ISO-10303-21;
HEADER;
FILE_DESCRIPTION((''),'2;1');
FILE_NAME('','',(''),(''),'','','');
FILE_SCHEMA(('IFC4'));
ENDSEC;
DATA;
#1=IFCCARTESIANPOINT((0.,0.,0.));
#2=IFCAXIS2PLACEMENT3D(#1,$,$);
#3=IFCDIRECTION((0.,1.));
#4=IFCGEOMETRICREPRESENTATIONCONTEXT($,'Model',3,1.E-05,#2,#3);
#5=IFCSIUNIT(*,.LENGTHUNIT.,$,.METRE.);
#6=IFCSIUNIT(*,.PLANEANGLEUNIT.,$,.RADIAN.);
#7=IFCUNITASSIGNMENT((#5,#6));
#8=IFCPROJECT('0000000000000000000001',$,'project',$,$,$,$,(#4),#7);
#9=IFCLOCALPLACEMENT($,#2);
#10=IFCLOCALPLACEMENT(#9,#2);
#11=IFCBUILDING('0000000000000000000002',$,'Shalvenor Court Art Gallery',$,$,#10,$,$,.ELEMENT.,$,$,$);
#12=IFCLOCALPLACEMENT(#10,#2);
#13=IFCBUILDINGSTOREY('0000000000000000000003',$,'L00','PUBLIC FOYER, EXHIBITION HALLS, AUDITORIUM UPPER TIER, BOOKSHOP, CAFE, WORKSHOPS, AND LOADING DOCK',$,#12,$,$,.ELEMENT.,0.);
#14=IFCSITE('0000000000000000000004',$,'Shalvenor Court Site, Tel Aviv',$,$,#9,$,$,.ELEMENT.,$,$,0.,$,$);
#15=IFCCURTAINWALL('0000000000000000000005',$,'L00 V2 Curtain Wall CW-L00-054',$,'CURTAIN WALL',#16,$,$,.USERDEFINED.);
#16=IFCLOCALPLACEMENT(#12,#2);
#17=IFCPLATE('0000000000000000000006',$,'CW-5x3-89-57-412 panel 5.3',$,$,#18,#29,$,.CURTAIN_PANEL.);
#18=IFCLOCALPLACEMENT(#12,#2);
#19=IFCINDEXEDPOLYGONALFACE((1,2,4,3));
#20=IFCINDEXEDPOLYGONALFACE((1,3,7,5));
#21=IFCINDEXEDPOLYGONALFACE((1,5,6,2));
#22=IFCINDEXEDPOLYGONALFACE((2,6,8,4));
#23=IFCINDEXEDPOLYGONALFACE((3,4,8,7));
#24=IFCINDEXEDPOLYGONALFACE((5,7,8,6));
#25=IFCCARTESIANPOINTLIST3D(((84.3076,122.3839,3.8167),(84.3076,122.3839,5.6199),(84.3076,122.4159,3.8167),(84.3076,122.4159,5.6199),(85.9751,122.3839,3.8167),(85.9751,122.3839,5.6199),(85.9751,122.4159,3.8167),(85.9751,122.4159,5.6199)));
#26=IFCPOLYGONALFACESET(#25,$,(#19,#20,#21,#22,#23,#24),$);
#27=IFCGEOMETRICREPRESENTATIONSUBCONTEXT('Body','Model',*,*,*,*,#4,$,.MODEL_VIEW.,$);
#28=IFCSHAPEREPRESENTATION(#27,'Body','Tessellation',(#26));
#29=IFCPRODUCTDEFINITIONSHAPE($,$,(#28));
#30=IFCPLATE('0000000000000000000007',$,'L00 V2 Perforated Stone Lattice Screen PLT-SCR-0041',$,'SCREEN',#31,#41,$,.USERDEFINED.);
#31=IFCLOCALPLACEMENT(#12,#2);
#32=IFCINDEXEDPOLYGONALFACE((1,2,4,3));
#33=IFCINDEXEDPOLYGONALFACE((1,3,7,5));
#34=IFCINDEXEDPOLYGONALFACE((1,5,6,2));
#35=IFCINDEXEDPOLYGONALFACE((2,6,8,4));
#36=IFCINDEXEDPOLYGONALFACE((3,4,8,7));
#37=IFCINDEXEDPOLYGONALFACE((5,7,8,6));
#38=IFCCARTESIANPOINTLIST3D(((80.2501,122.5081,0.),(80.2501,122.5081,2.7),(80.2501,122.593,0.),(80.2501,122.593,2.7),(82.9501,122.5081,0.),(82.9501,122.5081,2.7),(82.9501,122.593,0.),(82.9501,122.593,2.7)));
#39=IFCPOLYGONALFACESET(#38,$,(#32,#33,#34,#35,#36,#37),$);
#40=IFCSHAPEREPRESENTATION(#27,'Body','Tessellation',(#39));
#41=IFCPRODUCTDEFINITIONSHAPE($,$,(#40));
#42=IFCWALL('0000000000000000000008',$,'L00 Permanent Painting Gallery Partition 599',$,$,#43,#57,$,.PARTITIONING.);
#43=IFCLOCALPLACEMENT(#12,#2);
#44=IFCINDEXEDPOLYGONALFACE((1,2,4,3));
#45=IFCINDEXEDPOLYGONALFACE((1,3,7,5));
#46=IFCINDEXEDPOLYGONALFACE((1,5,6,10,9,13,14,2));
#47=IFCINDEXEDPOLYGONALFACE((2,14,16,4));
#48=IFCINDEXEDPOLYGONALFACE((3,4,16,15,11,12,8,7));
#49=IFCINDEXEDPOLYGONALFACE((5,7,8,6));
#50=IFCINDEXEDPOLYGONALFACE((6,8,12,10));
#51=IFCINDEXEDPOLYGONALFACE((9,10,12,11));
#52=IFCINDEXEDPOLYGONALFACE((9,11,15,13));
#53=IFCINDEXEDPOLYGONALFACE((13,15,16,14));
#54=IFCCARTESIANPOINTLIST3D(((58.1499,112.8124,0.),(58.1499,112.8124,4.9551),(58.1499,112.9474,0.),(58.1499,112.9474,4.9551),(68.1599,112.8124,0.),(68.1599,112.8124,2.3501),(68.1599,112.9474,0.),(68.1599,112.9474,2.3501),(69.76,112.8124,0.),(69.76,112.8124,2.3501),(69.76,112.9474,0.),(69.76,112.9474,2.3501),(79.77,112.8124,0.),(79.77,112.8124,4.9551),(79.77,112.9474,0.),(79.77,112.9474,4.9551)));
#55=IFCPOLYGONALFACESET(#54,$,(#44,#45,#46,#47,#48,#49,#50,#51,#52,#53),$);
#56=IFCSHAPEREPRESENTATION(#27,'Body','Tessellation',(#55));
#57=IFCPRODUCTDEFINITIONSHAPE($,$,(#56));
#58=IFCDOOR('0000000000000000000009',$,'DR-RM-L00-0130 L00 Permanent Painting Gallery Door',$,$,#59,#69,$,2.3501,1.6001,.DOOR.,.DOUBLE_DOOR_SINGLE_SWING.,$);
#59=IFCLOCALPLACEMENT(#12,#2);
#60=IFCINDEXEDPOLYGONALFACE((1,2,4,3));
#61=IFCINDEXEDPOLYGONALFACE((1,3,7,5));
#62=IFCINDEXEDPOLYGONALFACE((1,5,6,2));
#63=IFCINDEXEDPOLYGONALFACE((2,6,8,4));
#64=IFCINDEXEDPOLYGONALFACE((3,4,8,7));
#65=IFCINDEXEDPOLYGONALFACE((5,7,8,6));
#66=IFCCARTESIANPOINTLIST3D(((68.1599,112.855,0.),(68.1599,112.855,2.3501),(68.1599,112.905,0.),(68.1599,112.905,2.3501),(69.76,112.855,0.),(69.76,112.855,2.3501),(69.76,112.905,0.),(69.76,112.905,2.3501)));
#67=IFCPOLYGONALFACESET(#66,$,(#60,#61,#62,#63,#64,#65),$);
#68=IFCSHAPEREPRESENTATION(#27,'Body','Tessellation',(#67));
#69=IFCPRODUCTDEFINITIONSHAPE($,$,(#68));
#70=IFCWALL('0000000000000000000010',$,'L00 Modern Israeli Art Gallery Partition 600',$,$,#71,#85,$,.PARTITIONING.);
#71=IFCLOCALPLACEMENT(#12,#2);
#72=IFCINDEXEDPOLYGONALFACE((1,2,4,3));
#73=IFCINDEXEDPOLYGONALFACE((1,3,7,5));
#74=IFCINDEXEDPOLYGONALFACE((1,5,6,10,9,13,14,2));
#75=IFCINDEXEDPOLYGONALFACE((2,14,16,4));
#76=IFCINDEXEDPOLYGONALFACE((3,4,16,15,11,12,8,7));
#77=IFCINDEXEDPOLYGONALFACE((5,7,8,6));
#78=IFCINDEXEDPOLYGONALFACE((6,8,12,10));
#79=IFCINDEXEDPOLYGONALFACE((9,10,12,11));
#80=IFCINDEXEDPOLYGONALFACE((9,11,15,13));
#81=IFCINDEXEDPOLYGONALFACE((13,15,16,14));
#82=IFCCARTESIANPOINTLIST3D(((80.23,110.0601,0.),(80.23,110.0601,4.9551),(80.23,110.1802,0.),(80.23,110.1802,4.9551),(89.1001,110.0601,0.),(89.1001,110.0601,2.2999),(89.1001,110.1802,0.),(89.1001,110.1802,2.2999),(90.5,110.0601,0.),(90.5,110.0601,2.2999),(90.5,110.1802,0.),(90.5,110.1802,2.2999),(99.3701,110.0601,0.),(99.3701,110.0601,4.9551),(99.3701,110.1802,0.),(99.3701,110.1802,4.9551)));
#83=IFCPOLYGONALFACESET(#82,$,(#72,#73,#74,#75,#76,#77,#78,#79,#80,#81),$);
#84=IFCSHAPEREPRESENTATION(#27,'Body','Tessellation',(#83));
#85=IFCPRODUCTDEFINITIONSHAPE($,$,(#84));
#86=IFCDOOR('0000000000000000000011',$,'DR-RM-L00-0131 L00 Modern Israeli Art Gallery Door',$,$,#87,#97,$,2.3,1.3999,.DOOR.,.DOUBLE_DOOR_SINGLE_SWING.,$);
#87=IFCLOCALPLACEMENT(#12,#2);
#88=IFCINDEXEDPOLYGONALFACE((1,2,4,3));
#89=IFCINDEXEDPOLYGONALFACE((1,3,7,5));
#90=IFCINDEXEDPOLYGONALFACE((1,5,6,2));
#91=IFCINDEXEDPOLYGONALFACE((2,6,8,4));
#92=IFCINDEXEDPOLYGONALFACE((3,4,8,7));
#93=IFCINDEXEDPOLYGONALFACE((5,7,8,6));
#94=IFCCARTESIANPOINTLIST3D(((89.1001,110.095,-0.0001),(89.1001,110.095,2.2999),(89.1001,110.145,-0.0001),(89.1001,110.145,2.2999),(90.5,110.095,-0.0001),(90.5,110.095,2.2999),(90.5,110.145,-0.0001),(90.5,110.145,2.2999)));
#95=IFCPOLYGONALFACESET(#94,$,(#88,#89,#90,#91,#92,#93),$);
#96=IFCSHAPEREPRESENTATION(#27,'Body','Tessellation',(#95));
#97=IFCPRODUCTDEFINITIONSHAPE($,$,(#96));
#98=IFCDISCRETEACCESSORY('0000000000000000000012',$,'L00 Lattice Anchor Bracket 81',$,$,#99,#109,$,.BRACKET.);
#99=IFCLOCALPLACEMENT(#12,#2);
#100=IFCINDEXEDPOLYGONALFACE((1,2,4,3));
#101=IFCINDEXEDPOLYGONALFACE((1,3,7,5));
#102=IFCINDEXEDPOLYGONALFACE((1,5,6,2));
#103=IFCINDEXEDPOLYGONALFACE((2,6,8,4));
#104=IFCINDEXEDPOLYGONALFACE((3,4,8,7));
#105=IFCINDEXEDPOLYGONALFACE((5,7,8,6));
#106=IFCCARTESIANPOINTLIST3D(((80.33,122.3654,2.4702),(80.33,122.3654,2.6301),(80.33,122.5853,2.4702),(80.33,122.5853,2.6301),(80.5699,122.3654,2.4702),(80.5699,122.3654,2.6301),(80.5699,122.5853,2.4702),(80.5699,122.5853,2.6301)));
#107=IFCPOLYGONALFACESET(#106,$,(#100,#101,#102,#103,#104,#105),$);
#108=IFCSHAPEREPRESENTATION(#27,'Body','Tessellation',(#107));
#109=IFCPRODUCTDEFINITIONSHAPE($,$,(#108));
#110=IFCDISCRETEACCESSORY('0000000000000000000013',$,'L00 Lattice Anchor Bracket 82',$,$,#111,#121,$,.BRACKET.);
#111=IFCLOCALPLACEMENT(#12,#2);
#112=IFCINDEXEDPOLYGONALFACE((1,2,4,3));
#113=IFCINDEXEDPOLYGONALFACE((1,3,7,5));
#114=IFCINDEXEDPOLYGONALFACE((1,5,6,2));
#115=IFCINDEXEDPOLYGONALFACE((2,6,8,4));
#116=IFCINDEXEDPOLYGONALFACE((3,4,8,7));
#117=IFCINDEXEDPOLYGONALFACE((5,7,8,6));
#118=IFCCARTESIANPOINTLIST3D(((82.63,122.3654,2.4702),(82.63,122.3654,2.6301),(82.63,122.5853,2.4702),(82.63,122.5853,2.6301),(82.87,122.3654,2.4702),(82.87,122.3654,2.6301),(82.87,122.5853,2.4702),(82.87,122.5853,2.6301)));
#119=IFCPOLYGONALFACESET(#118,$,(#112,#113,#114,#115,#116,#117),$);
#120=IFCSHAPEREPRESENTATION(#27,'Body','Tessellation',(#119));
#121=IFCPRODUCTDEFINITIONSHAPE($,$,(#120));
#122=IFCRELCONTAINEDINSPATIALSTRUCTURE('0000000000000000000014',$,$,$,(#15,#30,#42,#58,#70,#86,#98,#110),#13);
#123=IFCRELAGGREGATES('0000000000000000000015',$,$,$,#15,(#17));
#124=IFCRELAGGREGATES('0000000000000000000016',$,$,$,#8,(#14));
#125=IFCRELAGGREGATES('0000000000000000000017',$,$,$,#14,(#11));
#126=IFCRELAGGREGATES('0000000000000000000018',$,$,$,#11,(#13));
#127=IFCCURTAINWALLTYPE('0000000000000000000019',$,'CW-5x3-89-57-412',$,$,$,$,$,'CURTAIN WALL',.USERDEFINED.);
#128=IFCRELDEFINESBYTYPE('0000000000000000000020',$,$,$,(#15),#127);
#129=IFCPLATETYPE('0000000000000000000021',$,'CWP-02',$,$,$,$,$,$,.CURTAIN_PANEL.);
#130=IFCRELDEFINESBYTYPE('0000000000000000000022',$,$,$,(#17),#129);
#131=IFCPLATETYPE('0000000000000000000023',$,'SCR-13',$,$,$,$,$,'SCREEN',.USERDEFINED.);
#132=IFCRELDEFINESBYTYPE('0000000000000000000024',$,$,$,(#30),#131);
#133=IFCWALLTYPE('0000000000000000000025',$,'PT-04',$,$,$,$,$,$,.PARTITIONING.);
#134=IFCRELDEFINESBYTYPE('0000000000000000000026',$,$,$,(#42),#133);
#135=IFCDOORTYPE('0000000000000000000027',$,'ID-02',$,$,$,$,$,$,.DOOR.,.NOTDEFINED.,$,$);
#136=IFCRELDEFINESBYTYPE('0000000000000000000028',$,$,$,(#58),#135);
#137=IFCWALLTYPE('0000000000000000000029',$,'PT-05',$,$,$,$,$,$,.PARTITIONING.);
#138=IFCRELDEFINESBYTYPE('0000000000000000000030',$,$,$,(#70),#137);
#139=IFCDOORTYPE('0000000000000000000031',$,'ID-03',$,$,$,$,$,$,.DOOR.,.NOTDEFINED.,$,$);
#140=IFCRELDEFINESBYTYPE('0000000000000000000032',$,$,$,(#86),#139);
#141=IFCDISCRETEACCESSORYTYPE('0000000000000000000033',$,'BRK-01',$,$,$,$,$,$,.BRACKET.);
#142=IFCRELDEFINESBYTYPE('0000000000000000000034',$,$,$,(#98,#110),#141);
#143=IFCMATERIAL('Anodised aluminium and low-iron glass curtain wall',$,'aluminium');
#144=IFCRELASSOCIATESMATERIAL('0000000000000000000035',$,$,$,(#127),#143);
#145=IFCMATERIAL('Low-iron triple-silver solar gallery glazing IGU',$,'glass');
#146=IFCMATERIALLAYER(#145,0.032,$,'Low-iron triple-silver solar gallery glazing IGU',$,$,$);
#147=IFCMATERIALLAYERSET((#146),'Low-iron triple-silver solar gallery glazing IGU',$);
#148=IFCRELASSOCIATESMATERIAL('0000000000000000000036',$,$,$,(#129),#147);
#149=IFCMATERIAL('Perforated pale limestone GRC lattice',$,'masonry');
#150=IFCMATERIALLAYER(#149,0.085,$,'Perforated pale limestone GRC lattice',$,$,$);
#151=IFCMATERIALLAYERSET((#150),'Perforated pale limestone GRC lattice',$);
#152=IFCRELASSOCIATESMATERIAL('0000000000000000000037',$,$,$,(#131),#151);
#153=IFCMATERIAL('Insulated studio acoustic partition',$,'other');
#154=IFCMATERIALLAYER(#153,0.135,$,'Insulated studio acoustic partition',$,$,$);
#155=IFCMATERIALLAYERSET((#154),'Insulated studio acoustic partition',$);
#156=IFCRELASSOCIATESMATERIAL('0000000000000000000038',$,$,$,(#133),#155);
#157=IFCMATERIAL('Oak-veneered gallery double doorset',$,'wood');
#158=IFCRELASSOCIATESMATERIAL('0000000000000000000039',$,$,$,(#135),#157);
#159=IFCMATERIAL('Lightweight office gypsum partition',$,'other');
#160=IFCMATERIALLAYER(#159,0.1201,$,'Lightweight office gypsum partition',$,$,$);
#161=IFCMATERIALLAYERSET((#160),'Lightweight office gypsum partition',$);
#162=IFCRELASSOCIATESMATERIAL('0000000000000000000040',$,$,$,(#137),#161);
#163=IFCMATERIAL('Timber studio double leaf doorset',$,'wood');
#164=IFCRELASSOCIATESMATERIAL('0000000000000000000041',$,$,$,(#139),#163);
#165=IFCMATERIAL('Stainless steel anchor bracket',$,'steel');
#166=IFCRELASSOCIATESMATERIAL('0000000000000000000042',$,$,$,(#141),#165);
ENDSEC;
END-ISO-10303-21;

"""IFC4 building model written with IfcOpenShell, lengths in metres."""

from ifc_helpers import new_model, si_unit, direction, frame, frame_2d, origin, origin_2d, place, context, subcontext, project, spatial, rectangle, extrude, material, layer, layer_set, type_object, element, fill, aggregate, save


model = new_model("IFC4")

# Units and contexts
model_context = context("Model", 3, precision=1e-05, world=origin(), true_north=direction((0.0, 1.0)))
body_context = subcontext(model_context, "Body", "Model", "MODEL_VIEW")
ifc_project = project(units=[si_unit("LENGTHUNIT", "METRE"), si_unit("PLANEANGLEUNIT", "RADIAN")], contexts=[model_context])

# Site, building, storey
site_placement = place(None, origin())
site = spatial("IfcSite", under=ifc_project, at=site_placement, Name="Shalvenor Court Site, Tel Aviv", CompositionType="ELEMENT", RefElevation=0.0)
building_placement = place(site_placement, origin())
building = spatial("IfcBuilding", under=site, at=building_placement, Name="Shalvenor Court Art Gallery", CompositionType="ELEMENT")
storey_placement = place(building_placement, origin())
storey = spatial("IfcBuildingStorey", under=building, at=storey_placement, Name="L00", Description="PUBLIC FOYER, EXHIBITION HALLS, AUDITORIUM UPPER TIER, BOOKSHOP, CAFE, WORKSHOPS, AND LOADING DOCK", CompositionType="ELEMENT", Elevation=0.0)

# Curtain wall
ifc_material_1 = material(Name="Anodised aluminium and low-iron glass curtain wall", Category="aluminium")
curtain_wall_type = type_object("IfcCurtainWallType", Name="CW-5x3-89-57-412", ElementType="CURTAIN WALL", PredefinedType="USERDEFINED", material=ifc_material_1)
curtain_wall_placement = place(storey_placement, origin())
curtain_wall = element("IfcCurtainWall", 1, at=curtain_wall_placement, inside=storey, type_object=curtain_wall_type, Name="L00 V2 Curtain Wall CW-L00-054", ObjectType="CURTAIN WALL", PredefinedType="USERDEFINED")

# Plates
ifc_material_2 = material(Name="Low-iron triple-silver solar gallery glazing IGU", Category="glass")
ifc_layer_1 = layer(ifc_material_2, 0.032, Name="Low-iron triple-silver solar gallery glazing IGU")
ifc_layer_set_1 = layer_set([ifc_layer_1], Name="Low-iron triple-silver solar gallery glazing IGU")
plate_type_1 = type_object("IfcPlateType", Name="CWP-02", PredefinedType="CURTAIN_PANEL", material=ifc_layer_set_1)
plate_1_placement = place(storey_placement, frame((85.1414, 122.3999, 3.8167), z_axis=(0.0, 0.0, 1.0), x_axis=(1.0, 0.0, 0.0)))
plate_1 = element("IfcPlate", 2, at=plate_1_placement, type_object=plate_type_1, Name="CW-5x3-89-57-412 panel 5.3", PredefinedType="CURTAIN_PANEL", context=body_context, shape_type="SweptSolid", body=[
    extrude(rectangle(XDim=1.6675, YDim=0.032, at=origin_2d()), origin(), (0.0, 0.0, 1.0), 1.8032),
])
aggregate(curtain_wall, [plate_1])
ifc_material_3 = material(Name="Perforated pale limestone GRC lattice", Category="masonry")
ifc_layer_2 = layer(ifc_material_3, 0.085, Name="Perforated pale limestone GRC lattice")
ifc_layer_set_2 = layer_set([ifc_layer_2], Name="Perforated pale limestone GRC lattice")
plate_type_2 = type_object("IfcPlateType", Name="SCR-13", ElementType="SCREEN", PredefinedType="USERDEFINED", material=ifc_layer_set_2)
plate_2_placement = place(storey_placement, frame((81.6001, 122.5505, 0.0), z_axis=(0.0, 0.0, 1.0), x_axis=(1.0, 0.0, 0.0)))
element("IfcPlate", 3, at=plate_2_placement, inside=storey, type_object=plate_type_2, Name="L00 V2 Perforated Stone Lattice Screen PLT-SCR-0041", ObjectType="SCREEN", PredefinedType="USERDEFINED", context=body_context, shape_type="SweptSolid", body=[
    extrude(rectangle(XDim=2.7, YDim=0.085, at=origin_2d()), origin(), (0.0, 0.0, 1.0), 2.7),
])

# Walls, openings, doors
ifc_material_4 = material(Name="Insulated studio acoustic partition", Category="other")
ifc_layer_3 = layer(ifc_material_4, 0.135, Name="Insulated studio acoustic partition")
ifc_layer_set_3 = layer_set([ifc_layer_3], Name="Insulated studio acoustic partition")
wall_type_1 = type_object("IfcWallType", Name="PT-04", PredefinedType="PARTITIONING", material=ifc_layer_set_3)
wall_1_placement = place(storey_placement, frame((79.77, 112.8799, 0.0), z_axis=(0.0, 0.0, 1.0), x_axis=(-1.0, 0.0, 0.0)))
wall_1 = element("IfcWall", 4, at=wall_1_placement, inside=storey, type_object=wall_type_1, Name="L00 Permanent Painting Gallery Partition 599", PredefinedType="PARTITIONING", context=body_context, shape_type="SweptSolid", body=[
    extrude(rectangle(XDim=21.6201, YDim=0.135, at=frame_2d((10.8101, 0.0))), origin(), (0.0, 0.0, 1.0), 4.9551),
])
opening_1_placement = place(wall_1_placement, frame((10.01, 0.0, 0.0)))
opening_1 = element("IfcOpeningElement", 5, at=opening_1_placement, cuts=wall_1, PredefinedType="OPENING", context=body_context, shape_type="SweptSolid", body=[
    extrude(rectangle(XDim=1.6001, YDim=2.3501, at=frame_2d((0.8, 1.175))), frame((0.0, 0.0774, 0.0), z_axis=(0.0, -1.0, 0.0), x_axis=(1.0, 0.0, 0.0)), (0.0, 0.0, 1.0), 0.155),
])
ifc_material_5 = material(Name="Oak-veneered gallery double doorset", Category="wood")
door_type_1 = type_object("IfcDoorType", Name="ID-02", OperationType="NOTDEFINED", PredefinedType="DOOR", material=ifc_material_5)
door_1_placement = place(opening_1_placement, origin())
door_1 = element("IfcDoor", 6, at=door_1_placement, inside=storey, type_object=door_type_1, Name="DR-RM-L00-0130 L00 Permanent Painting Gallery Door", OperationType="DOUBLE_DOOR_SINGLE_SWING", OverallHeight=2.3501, OverallWidth=1.6001, PredefinedType="DOOR", context=body_context, shape_type="SweptSolid", body=[
    extrude(rectangle(XDim=1.6001, YDim=2.3501, at=frame_2d((0.8, 1.175))), frame((0.0, 0.0249, 0.0), z_axis=(0.0, -1.0, 0.0), x_axis=(1.0, 0.0, 0.0)), (0.0, 0.0, 1.0), 0.05),
])
fill(opening_1, door_1)
ifc_material_6 = material(Name="Lightweight office gypsum partition", Category="other")
ifc_layer_4 = layer(ifc_material_6, 0.1201, Name="Lightweight office gypsum partition")
ifc_layer_set_4 = layer_set([ifc_layer_4], Name="Lightweight office gypsum partition")
wall_type_2 = type_object("IfcWallType", Name="PT-05", PredefinedType="PARTITIONING", material=ifc_layer_set_4)
wall_2_placement = place(storey_placement, frame((80.23, 110.1201, 0.0), z_axis=(0.0, 0.0, 1.0), x_axis=(1.0, 0.0, 0.0)))
wall_2 = element("IfcWall", 7, at=wall_2_placement, inside=storey, type_object=wall_type_2, Name="L00 Modern Israeli Art Gallery Partition 600", PredefinedType="PARTITIONING", context=body_context, shape_type="SweptSolid", body=[
    extrude(rectangle(XDim=19.1401, YDim=0.1201, at=frame_2d((9.5701, 0.0))), origin(), (0.0, 0.0, 1.0), 4.9551),
])
opening_2_placement = place(wall_2_placement, frame((8.8701, 0.0, 0.0)))
opening_2 = element("IfcOpeningElement", 8, at=opening_2_placement, cuts=wall_2, PredefinedType="OPENING", context=body_context, shape_type="SweptSolid", body=[
    extrude(rectangle(XDim=1.3999, YDim=2.3, at=frame_2d((0.7, 1.1499))), frame((0.0, 0.0701, 0.0), z_axis=(0.0, -1.0, 0.0), x_axis=(1.0, 0.0, 0.0)), (0.0, 0.0, 1.0), 0.1401),
])
ifc_material_7 = material(Name="Timber studio double leaf doorset", Category="wood")
door_type_2 = type_object("IfcDoorType", Name="ID-03", OperationType="NOTDEFINED", PredefinedType="DOOR", material=ifc_material_7)
door_2_placement = place(opening_2_placement, origin())
door_2 = element("IfcDoor", 9, at=door_2_placement, inside=storey, type_object=door_type_2, Name="DR-RM-L00-0131 L00 Modern Israeli Art Gallery Door", OperationType="DOUBLE_DOOR_SINGLE_SWING", OverallHeight=2.3, OverallWidth=1.3999, PredefinedType="DOOR", context=body_context, shape_type="SweptSolid", body=[
    extrude(rectangle(XDim=1.3999, YDim=2.3, at=frame_2d((0.7, 1.1499))), frame((0.0, 0.0249, 0.0), z_axis=(0.0, -1.0, 0.0), x_axis=(1.0, 0.0, 0.0)), (0.0, 0.0, 1.0), 0.05),
])
fill(opening_2, door_2)

# Discrete accessories
ifc_material_8 = material(Name="Stainless steel anchor bracket", Category="steel")
discrete_accessory_type = type_object("IfcDiscreteAccessoryType", Name="BRK-01", PredefinedType="BRACKET", material=ifc_material_8)
for number, where, z_axis, x_axis, name in (
    (10, (80.45, 122.4753, 2.4702), (0.0, 0.0, 1.0), (1.0, 0.0, 0.0), "L00 Lattice Anchor Bracket 81"),
    (11, (82.75, 122.4753, 2.4702), (0.0, 0.0, 1.0), (1.0, 0.0, 0.0), "L00 Lattice Anchor Bracket 82"),
):
    element("IfcDiscreteAccessory", number, at=place(storey_placement, frame(where, z_axis=z_axis, x_axis=x_axis)), inside=storey, type_object=discrete_accessory_type, Name=name, PredefinedType="BRACKET", context=body_context, shape_type="SweptSolid", body=[
        extrude(rectangle(XDim=0.24, YDim=0.22, at=origin_2d()), origin(), (0.0, 0.0, 1.0), 0.1599),
    ])

save(model, "model.ifc")
